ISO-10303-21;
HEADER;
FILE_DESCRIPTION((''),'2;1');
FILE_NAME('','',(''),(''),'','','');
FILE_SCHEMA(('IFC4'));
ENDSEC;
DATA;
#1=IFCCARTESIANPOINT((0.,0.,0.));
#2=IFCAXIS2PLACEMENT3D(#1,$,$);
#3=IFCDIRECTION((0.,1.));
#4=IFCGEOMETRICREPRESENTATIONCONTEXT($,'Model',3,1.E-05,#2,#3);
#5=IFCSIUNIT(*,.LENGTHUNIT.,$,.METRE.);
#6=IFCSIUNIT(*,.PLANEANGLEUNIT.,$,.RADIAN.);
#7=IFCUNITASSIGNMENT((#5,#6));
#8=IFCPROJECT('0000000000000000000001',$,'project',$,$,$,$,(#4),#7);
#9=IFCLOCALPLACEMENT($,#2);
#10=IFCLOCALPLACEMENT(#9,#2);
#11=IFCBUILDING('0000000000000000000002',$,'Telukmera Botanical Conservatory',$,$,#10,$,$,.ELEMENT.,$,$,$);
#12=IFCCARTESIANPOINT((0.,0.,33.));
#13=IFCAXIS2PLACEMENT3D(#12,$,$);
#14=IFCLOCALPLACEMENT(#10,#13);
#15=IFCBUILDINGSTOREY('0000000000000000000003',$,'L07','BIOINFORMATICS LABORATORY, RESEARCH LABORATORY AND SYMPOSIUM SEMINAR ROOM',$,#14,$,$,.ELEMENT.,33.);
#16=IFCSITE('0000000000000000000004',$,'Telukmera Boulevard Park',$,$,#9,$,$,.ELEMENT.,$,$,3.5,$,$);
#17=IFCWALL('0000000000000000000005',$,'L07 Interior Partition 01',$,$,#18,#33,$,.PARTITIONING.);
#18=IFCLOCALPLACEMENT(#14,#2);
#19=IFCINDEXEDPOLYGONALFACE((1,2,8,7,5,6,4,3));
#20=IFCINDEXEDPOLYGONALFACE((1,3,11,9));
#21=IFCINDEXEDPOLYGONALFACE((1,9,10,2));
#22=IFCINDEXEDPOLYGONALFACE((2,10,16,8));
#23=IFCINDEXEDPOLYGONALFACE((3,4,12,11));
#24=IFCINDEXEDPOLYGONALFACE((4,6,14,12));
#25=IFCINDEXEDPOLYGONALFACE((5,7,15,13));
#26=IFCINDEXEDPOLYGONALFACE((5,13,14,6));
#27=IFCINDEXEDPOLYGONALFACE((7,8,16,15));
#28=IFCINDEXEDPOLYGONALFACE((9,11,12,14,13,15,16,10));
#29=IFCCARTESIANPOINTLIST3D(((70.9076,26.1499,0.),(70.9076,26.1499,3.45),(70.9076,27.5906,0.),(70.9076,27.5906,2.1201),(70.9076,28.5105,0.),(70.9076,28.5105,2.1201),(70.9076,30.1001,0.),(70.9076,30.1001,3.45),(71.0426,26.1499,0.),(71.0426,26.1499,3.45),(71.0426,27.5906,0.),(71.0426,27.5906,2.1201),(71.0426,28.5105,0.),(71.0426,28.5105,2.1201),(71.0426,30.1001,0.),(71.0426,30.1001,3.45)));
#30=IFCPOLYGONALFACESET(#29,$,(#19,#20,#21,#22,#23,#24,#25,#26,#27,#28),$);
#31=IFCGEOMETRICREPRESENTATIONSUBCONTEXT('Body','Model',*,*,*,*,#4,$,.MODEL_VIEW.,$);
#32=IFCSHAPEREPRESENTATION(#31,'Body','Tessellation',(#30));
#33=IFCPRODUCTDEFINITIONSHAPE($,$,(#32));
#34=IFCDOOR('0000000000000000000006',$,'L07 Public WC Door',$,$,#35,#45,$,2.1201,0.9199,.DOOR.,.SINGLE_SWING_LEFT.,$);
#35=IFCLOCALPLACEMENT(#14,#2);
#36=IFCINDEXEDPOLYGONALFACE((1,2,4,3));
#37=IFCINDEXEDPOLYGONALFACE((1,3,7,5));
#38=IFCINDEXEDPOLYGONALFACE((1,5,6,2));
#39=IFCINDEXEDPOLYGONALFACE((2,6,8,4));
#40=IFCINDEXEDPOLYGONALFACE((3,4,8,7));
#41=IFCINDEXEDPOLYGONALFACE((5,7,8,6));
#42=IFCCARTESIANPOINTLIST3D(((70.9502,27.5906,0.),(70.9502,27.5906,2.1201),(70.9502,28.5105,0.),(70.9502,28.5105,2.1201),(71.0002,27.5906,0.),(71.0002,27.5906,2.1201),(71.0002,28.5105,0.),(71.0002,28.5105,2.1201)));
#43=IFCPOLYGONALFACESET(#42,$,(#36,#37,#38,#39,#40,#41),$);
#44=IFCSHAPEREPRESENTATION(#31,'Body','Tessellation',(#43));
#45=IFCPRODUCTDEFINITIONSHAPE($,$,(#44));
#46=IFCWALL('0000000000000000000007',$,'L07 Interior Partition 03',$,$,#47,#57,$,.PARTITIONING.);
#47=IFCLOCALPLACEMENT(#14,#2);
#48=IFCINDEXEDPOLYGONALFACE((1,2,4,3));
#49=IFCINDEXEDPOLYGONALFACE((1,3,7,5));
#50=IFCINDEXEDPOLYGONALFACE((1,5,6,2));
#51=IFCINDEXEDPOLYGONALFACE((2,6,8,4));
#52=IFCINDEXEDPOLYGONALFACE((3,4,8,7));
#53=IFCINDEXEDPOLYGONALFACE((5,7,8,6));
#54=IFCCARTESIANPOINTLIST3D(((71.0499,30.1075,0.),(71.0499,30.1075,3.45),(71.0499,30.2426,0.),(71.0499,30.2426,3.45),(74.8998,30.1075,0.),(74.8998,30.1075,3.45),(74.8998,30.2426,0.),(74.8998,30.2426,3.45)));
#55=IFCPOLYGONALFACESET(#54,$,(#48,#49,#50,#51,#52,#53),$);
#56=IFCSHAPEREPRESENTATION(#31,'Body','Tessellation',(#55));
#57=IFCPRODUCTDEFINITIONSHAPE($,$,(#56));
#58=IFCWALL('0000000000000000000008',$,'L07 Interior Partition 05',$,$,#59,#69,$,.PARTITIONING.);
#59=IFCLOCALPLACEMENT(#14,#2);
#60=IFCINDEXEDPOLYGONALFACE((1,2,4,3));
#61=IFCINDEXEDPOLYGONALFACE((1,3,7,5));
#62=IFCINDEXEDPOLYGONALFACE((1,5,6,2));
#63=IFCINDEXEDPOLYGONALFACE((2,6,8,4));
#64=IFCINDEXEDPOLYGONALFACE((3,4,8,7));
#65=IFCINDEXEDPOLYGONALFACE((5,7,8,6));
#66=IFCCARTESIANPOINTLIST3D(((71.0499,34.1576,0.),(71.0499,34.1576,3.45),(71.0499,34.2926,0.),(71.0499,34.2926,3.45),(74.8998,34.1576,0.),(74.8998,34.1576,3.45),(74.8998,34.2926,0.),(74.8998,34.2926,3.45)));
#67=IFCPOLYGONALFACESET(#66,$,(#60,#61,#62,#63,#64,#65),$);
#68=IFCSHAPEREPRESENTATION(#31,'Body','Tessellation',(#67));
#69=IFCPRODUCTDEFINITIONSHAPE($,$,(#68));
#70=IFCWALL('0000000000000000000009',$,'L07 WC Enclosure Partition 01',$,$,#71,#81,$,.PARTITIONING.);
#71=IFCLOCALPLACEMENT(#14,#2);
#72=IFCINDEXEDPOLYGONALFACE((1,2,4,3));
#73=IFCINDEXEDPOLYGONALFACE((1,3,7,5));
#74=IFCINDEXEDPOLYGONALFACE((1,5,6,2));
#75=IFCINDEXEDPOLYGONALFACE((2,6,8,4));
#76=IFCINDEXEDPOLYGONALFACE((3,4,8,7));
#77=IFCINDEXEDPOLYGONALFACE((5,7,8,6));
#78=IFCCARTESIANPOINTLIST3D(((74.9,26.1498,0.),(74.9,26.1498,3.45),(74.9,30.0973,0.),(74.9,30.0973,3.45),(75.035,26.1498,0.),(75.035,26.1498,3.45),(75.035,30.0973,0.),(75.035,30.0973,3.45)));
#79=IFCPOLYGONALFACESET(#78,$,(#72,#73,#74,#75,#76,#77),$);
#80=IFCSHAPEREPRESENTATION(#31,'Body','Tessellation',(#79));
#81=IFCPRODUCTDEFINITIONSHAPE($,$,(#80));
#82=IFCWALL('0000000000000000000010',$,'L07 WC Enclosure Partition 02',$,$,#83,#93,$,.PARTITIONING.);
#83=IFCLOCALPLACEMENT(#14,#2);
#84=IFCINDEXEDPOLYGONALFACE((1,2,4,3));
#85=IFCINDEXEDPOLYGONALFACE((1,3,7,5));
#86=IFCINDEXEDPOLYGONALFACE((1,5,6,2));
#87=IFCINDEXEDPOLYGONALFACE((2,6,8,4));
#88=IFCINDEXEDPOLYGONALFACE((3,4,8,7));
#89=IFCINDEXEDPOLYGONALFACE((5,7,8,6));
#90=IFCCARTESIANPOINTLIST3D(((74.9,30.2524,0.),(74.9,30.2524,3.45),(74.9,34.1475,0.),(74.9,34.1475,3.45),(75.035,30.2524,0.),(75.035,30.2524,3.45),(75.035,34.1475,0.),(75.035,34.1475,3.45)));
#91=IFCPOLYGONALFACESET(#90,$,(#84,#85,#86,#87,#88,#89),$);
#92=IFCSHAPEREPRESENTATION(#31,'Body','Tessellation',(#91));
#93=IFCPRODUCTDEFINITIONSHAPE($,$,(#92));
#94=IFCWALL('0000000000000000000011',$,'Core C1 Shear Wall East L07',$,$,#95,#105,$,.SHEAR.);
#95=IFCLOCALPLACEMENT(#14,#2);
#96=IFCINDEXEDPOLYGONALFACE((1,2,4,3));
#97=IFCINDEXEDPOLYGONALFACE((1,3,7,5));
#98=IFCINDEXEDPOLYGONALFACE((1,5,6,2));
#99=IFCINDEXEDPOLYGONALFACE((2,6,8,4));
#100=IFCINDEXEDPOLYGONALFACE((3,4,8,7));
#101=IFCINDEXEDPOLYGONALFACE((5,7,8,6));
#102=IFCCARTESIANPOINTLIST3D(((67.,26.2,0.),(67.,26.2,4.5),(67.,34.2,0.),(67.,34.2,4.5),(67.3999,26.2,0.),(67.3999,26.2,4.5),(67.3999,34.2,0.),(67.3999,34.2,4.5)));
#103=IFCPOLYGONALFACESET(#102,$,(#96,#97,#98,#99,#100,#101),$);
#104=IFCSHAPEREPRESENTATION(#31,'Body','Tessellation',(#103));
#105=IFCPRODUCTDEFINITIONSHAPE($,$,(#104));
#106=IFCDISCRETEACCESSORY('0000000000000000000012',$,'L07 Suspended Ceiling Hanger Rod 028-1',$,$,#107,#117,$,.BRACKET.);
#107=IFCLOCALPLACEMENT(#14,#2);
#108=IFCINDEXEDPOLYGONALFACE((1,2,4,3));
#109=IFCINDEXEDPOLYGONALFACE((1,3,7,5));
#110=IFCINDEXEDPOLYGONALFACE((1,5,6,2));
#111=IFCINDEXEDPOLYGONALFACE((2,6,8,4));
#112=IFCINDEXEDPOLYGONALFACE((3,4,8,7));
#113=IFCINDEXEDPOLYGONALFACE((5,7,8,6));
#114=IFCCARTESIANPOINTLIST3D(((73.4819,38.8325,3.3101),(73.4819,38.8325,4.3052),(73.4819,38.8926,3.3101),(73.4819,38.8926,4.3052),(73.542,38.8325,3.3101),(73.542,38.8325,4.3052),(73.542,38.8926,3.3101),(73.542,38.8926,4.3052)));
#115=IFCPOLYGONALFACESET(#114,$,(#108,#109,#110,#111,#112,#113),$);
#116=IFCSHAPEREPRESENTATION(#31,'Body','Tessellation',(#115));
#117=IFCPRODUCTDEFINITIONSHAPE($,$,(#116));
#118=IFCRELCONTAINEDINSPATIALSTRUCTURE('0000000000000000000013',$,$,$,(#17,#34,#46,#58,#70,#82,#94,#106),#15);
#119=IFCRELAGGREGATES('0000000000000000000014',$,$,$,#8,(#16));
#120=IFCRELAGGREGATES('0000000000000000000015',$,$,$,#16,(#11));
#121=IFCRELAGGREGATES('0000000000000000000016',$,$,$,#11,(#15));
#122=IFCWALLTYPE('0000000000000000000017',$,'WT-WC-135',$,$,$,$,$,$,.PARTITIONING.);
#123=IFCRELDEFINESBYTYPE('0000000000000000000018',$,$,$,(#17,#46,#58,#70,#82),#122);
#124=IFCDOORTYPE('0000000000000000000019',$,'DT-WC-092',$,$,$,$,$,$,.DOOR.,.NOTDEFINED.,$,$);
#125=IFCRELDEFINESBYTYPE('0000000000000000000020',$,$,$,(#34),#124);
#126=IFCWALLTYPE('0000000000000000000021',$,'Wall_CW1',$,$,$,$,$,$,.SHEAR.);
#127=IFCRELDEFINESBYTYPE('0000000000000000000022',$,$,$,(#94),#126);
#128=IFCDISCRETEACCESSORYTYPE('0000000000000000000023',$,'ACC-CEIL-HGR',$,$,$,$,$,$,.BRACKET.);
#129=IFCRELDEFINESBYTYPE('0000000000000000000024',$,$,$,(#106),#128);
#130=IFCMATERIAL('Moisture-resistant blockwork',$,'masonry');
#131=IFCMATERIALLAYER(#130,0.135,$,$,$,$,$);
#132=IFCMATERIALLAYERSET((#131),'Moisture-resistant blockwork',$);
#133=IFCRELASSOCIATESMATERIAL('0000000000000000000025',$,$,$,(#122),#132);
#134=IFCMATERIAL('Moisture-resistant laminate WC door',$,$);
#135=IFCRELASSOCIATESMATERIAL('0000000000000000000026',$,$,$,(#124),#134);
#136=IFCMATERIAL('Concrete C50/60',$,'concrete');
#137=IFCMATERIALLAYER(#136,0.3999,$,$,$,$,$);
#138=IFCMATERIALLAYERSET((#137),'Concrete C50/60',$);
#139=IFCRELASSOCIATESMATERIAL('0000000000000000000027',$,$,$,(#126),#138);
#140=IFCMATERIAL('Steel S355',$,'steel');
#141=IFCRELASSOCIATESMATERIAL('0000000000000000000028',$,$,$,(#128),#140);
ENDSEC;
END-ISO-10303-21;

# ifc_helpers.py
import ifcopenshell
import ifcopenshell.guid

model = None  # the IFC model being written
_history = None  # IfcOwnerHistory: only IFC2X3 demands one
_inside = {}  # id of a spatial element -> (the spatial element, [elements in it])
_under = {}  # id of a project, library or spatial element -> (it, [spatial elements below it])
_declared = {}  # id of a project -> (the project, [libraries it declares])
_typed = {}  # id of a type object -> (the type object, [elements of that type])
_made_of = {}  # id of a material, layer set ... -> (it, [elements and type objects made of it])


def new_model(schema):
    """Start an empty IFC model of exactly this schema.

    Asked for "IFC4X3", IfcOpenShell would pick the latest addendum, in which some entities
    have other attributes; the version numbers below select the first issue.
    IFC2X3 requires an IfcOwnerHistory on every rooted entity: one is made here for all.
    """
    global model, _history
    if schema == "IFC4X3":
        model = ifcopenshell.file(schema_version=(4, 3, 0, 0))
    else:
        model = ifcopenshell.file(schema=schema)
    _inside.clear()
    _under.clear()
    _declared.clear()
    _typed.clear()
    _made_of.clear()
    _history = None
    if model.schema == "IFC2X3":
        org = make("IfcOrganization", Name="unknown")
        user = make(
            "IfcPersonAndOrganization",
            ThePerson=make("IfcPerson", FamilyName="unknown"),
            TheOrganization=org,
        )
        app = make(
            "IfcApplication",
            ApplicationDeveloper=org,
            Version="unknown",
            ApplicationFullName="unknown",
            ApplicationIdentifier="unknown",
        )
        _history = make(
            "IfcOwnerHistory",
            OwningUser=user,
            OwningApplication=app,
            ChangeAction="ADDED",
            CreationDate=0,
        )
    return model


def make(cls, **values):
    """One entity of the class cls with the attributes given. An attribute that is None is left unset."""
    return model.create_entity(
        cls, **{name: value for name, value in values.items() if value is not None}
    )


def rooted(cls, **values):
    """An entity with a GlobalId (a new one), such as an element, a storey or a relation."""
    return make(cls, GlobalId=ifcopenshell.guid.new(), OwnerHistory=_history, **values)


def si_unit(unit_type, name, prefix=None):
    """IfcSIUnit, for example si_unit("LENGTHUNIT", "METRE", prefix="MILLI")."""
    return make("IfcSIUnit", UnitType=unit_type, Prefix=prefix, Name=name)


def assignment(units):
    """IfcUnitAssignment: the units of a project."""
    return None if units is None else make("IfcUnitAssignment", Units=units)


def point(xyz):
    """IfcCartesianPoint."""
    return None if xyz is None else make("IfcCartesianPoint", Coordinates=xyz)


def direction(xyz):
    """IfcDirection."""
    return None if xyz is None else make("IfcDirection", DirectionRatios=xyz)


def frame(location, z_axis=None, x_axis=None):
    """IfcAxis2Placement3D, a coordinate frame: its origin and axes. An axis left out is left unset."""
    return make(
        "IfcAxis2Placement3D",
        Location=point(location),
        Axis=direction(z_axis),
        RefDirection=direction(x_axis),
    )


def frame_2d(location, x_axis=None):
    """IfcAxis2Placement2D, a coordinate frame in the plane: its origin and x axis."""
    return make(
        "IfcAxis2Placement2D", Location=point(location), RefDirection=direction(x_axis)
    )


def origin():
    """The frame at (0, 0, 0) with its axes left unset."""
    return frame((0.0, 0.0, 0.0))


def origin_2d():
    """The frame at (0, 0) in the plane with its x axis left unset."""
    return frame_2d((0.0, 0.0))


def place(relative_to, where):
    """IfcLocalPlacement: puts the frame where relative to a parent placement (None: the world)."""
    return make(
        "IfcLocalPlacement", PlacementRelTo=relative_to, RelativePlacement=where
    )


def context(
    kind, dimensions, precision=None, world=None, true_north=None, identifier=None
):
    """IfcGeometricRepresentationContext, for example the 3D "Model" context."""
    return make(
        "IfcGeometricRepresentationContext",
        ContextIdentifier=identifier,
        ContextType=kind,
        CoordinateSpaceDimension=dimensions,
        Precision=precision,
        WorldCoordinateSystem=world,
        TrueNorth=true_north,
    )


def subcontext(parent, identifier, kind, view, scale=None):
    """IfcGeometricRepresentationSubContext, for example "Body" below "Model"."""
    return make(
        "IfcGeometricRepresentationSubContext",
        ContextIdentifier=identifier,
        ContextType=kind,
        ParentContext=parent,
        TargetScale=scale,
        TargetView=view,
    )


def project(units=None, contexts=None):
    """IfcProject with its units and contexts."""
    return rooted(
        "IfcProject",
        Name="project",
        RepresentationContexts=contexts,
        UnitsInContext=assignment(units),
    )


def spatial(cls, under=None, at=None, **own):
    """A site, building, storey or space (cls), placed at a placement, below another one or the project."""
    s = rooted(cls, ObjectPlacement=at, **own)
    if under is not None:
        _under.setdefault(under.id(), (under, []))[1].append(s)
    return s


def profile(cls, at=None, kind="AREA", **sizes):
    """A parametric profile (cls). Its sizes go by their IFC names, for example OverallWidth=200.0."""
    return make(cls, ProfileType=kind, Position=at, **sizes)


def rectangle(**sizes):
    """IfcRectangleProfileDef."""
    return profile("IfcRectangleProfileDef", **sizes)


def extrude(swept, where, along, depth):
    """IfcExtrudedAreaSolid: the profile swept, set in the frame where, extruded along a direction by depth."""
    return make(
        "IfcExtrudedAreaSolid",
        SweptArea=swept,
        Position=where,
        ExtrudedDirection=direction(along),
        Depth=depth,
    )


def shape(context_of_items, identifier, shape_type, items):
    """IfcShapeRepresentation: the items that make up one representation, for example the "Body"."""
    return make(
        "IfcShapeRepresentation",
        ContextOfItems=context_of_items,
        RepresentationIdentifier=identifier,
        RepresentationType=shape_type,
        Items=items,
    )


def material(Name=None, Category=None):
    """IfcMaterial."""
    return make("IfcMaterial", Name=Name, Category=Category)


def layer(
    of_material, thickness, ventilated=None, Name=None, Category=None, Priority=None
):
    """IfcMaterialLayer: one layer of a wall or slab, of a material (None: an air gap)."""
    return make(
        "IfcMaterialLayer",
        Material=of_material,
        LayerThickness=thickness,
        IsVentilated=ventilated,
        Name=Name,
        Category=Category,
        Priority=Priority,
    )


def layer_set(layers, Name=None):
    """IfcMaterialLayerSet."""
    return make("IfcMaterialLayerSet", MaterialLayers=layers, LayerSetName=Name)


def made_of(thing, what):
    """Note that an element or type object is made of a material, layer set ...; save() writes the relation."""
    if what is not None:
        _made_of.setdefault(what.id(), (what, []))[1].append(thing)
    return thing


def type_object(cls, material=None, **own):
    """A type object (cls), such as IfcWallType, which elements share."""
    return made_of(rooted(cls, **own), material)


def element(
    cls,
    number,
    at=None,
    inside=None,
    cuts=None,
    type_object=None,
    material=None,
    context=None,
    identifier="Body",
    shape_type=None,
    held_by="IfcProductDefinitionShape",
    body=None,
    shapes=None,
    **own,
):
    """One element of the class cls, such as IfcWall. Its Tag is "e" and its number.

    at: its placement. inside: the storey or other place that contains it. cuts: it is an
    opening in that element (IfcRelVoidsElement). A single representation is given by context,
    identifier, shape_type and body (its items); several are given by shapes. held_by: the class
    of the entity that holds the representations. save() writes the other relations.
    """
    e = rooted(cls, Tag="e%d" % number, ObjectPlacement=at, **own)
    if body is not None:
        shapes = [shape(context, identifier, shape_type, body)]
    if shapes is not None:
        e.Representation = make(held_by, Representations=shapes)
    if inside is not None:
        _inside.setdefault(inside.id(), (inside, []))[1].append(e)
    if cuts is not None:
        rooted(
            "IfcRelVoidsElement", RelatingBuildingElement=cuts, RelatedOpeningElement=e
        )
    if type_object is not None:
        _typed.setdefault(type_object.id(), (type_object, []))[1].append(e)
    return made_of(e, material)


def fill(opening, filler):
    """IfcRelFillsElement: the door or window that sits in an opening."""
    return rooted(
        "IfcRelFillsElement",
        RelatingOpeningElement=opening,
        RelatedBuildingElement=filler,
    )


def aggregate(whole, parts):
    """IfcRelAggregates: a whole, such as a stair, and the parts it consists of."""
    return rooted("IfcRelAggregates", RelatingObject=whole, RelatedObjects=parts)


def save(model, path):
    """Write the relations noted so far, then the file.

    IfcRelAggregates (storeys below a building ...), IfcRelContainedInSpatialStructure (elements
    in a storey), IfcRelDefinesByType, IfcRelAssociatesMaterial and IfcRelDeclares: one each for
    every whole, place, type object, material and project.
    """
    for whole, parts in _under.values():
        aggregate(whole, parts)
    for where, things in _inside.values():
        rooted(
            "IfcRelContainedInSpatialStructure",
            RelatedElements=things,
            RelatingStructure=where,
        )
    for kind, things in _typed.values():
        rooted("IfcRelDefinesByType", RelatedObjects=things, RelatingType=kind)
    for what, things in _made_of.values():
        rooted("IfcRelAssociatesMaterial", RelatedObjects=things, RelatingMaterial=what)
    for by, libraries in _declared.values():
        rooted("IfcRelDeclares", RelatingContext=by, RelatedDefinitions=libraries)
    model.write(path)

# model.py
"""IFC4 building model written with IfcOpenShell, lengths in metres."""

from ifc_helpers import new_model, si_unit, direction, frame, frame_2d, origin, origin_2d, place, context, subcontext, project, spatial, rectangle, extrude, material, layer, layer_set, type_object, element, fill, save


model = new_model("IFC4")

# Units and contexts
model_context = context("Model", 3, precision=1e-05, world=origin(), true_north=direction((0.0, 1.0)))
body_context = subcontext(model_context, "Body", "Model", "MODEL_VIEW")
ifc_project = project(units=[si_unit("LENGTHUNIT", "METRE"), si_unit("PLANEANGLEUNIT", "RADIAN")], contexts=[model_context])

# Site, building, storey
site_placement = place(None, origin())
site = spatial("IfcSite", under=ifc_project, at=site_placement, Name="Telukmera Boulevard Park", CompositionType="ELEMENT", RefElevation=3.5)
building_placement = place(site_placement, origin())
building = spatial("IfcBuilding", under=site, at=building_placement, Name="Telukmera Botanical Conservatory", CompositionType="ELEMENT")
storey_placement = place(building_placement, frame((0.0, 0.0, 33.0)))
storey = spatial("IfcBuildingStorey", under=building, at=storey_placement, Name="L07", Description="BIOINFORMATICS LABORATORY, RESEARCH LABORATORY AND SYMPOSIUM SEMINAR ROOM", CompositionType="ELEMENT", Elevation=33.0)

# Shared definitions
ifc_material_1 = material(Name="Concrete C50/60", Category="concrete")

# Wall, opening, door
ifc_material_2 = material(Name="Moisture-resistant blockwork", Category="masonry")
ifc_layer_1 = layer(ifc_material_2, 0.135)
ifc_layer_set_1 = layer_set([ifc_layer_1], Name="Moisture-resistant blockwork")
wall_type_1 = type_object("IfcWallType", Name="WT-WC-135", PredefinedType="PARTITIONING", material=ifc_layer_set_1)
wall_1_placement = place(storey_placement, frame((70.9751, 26.1499, 0.0), z_axis=(0.0, 0.0, 1.0), x_axis=(0.0, 1.0, 0.0)))
wall_1 = element("IfcWall", 1, at=wall_1_placement, inside=storey, type_object=wall_type_1, Name="L07 Interior Partition 01", PredefinedType="PARTITIONING", context=body_context, shape_type="SweptSolid", body=[
    extrude(rectangle(XDim=3.9502, YDim=0.135, at=frame_2d((1.9751, 0.0))), origin(), (0.0, 0.0, 1.0), 3.45),
])
opening_1_placement = place(wall_1_placement, frame((1.4407, 0.0, 0.0)))
opening_1 = element("IfcOpeningElement", 2, at=opening_1_placement, cuts=wall_1, PredefinedType="OPENING", context=body_context, shape_type="SweptSolid", body=[
    extrude(rectangle(XDim=0.9199, YDim=2.1201, at=frame_2d((0.46, 1.0601))), frame((0.0, 0.0774, 0.0), z_axis=(0.0, -1.0, 0.0), x_axis=(1.0, 0.0, 0.0)), (0.0, 0.0, 1.0), 0.155),
])
ifc_material_3 = material(Name="Moisture-resistant laminate WC door")
door_type_1 = type_object("IfcDoorType", Name="DT-WC-092", OperationType="NOTDEFINED", PredefinedType="DOOR", material=ifc_material_3)
door_1_placement = place(opening_1_placement, origin())
door_1 = element("IfcDoor", 3, at=door_1_placement, inside=storey, type_object=door_type_1, Name="L07 Public WC Door", OperationType="SINGLE_SWING_LEFT", OverallHeight=2.1201, OverallWidth=0.9199, PredefinedType="DOOR", context=body_context, shape_type="SweptSolid", body=[
    extrude(rectangle(XDim=0.9199, YDim=2.1201, at=frame_2d((0.46, 1.0601))), frame((0.0, 0.0249, 0.0), z_axis=(0.0, -1.0, 0.0), x_axis=(1.0, 0.0, 0.0)), (0.0, 0.0, 1.0), 0.05),
])
fill(opening_1, door_1)

# Walls
for number, where, z_axis, x_axis, name in (
    (4, (71.05, 30.175, 0.0), (0.0, 0.0, 1.0), (1.0, 0.0, 0.0), "L07 Interior Partition 03"),
    (5, (71.05, 34.2251, 0.0), (0.0, 0.0, 1.0), (1.0, 0.0, 0.0), "L07 Interior Partition 05"),
):
    element("IfcWall", number, at=place(storey_placement, frame(where, z_axis=z_axis, x_axis=x_axis)), inside=storey, type_object=wall_type_1, Name=name, PredefinedType="PARTITIONING", context=body_context, shape_type="SweptSolid", body=[
        extrude(rectangle(XDim=3.8499, YDim=0.135, at=frame_2d((1.9248, 0.0))), origin(), (0.0, 0.0, 1.0), 3.45),
    ])
wall_2_placement = place(storey_placement, frame((74.9675, 26.1499, 0.0), z_axis=(0.0, 0.0, 1.0), x_axis=(0.0, 1.0, 0.0)))
element("IfcWall", 6, at=wall_2_placement, inside=storey, type_object=wall_type_1, Name="L07 WC Enclosure Partition 01", PredefinedType="PARTITIONING", context=body_context, shape_type="SweptSolid", body=[
    extrude(rectangle(XDim=3.9475, YDim=0.135, at=frame_2d((1.9736, 0.0))), origin(), (0.0, 0.0, 1.0), 3.45),
])
wall_3_placement = place(storey_placement, frame((74.9675, 30.2524, 0.0), z_axis=(0.0, 0.0, 1.0), x_axis=(0.0, 1.0, 0.0)))
element("IfcWall", 7, at=wall_3_placement, inside=storey, type_object=wall_type_1, Name="L07 WC Enclosure Partition 02", PredefinedType="PARTITIONING", context=body_context, shape_type="SweptSolid", body=[
    extrude(rectangle(XDim=3.895, YDim=0.135, at=frame_2d((1.9475, 0.0))), origin(), (0.0, 0.0, 1.0), 3.45),
])
ifc_layer_2 = layer(ifc_material_1, 0.3999)
ifc_layer_set_2 = layer_set([ifc_layer_2], Name="Concrete C50/60")
wall_type_2 = type_object("IfcWallType", Name="Wall_CW1", PredefinedType="SHEAR", material=ifc_layer_set_2)
wall_4_placement = place(storey_placement, frame((67.2, 26.2, 0.0), z_axis=(0.0, 0.0, 1.0), x_axis=(0.0, 1.0, 0.0)))
element("IfcWall", 8, at=wall_4_placement, inside=storey, type_object=wall_type_2, Name="Core C1 Shear Wall East L07", PredefinedType="SHEAR", context=body_context, shape_type="SweptSolid", body=[
    extrude(rectangle(XDim=8.0, YDim=0.3999, at=frame_2d((4.0, 0.0))), origin(), (0.0, 0.0, 1.0), 4.5),
])

# Discrete accessory
ifc_material_4 = material(Name="Steel S355", Category="steel")
discrete_accessory_type = type_object("IfcDiscreteAccessoryType", Name="ACC-CEIL-HGR", PredefinedType="BRACKET", material=ifc_material_4)
discrete_accessory_placement = place(storey_placement, frame((73.512, 38.8625, 3.3101), z_axis=(0.0, 0.0, 1.0), x_axis=(1.0, 0.0, 0.0)))
element("IfcDiscreteAccessory", 9, at=discrete_accessory_placement, inside=storey, type_object=discrete_accessory_type, Name="L07 Suspended Ceiling Hanger Rod 028-1", PredefinedType="BRACKET", context=body_context, shape_type="SweptSolid", body=[
    extrude(rectangle(XDim=0.0601, YDim=0.0601, at=origin_2d()), origin(), (0.0, 0.0, 1.0), 0.9951),
])

save(model, "model.ifc")
